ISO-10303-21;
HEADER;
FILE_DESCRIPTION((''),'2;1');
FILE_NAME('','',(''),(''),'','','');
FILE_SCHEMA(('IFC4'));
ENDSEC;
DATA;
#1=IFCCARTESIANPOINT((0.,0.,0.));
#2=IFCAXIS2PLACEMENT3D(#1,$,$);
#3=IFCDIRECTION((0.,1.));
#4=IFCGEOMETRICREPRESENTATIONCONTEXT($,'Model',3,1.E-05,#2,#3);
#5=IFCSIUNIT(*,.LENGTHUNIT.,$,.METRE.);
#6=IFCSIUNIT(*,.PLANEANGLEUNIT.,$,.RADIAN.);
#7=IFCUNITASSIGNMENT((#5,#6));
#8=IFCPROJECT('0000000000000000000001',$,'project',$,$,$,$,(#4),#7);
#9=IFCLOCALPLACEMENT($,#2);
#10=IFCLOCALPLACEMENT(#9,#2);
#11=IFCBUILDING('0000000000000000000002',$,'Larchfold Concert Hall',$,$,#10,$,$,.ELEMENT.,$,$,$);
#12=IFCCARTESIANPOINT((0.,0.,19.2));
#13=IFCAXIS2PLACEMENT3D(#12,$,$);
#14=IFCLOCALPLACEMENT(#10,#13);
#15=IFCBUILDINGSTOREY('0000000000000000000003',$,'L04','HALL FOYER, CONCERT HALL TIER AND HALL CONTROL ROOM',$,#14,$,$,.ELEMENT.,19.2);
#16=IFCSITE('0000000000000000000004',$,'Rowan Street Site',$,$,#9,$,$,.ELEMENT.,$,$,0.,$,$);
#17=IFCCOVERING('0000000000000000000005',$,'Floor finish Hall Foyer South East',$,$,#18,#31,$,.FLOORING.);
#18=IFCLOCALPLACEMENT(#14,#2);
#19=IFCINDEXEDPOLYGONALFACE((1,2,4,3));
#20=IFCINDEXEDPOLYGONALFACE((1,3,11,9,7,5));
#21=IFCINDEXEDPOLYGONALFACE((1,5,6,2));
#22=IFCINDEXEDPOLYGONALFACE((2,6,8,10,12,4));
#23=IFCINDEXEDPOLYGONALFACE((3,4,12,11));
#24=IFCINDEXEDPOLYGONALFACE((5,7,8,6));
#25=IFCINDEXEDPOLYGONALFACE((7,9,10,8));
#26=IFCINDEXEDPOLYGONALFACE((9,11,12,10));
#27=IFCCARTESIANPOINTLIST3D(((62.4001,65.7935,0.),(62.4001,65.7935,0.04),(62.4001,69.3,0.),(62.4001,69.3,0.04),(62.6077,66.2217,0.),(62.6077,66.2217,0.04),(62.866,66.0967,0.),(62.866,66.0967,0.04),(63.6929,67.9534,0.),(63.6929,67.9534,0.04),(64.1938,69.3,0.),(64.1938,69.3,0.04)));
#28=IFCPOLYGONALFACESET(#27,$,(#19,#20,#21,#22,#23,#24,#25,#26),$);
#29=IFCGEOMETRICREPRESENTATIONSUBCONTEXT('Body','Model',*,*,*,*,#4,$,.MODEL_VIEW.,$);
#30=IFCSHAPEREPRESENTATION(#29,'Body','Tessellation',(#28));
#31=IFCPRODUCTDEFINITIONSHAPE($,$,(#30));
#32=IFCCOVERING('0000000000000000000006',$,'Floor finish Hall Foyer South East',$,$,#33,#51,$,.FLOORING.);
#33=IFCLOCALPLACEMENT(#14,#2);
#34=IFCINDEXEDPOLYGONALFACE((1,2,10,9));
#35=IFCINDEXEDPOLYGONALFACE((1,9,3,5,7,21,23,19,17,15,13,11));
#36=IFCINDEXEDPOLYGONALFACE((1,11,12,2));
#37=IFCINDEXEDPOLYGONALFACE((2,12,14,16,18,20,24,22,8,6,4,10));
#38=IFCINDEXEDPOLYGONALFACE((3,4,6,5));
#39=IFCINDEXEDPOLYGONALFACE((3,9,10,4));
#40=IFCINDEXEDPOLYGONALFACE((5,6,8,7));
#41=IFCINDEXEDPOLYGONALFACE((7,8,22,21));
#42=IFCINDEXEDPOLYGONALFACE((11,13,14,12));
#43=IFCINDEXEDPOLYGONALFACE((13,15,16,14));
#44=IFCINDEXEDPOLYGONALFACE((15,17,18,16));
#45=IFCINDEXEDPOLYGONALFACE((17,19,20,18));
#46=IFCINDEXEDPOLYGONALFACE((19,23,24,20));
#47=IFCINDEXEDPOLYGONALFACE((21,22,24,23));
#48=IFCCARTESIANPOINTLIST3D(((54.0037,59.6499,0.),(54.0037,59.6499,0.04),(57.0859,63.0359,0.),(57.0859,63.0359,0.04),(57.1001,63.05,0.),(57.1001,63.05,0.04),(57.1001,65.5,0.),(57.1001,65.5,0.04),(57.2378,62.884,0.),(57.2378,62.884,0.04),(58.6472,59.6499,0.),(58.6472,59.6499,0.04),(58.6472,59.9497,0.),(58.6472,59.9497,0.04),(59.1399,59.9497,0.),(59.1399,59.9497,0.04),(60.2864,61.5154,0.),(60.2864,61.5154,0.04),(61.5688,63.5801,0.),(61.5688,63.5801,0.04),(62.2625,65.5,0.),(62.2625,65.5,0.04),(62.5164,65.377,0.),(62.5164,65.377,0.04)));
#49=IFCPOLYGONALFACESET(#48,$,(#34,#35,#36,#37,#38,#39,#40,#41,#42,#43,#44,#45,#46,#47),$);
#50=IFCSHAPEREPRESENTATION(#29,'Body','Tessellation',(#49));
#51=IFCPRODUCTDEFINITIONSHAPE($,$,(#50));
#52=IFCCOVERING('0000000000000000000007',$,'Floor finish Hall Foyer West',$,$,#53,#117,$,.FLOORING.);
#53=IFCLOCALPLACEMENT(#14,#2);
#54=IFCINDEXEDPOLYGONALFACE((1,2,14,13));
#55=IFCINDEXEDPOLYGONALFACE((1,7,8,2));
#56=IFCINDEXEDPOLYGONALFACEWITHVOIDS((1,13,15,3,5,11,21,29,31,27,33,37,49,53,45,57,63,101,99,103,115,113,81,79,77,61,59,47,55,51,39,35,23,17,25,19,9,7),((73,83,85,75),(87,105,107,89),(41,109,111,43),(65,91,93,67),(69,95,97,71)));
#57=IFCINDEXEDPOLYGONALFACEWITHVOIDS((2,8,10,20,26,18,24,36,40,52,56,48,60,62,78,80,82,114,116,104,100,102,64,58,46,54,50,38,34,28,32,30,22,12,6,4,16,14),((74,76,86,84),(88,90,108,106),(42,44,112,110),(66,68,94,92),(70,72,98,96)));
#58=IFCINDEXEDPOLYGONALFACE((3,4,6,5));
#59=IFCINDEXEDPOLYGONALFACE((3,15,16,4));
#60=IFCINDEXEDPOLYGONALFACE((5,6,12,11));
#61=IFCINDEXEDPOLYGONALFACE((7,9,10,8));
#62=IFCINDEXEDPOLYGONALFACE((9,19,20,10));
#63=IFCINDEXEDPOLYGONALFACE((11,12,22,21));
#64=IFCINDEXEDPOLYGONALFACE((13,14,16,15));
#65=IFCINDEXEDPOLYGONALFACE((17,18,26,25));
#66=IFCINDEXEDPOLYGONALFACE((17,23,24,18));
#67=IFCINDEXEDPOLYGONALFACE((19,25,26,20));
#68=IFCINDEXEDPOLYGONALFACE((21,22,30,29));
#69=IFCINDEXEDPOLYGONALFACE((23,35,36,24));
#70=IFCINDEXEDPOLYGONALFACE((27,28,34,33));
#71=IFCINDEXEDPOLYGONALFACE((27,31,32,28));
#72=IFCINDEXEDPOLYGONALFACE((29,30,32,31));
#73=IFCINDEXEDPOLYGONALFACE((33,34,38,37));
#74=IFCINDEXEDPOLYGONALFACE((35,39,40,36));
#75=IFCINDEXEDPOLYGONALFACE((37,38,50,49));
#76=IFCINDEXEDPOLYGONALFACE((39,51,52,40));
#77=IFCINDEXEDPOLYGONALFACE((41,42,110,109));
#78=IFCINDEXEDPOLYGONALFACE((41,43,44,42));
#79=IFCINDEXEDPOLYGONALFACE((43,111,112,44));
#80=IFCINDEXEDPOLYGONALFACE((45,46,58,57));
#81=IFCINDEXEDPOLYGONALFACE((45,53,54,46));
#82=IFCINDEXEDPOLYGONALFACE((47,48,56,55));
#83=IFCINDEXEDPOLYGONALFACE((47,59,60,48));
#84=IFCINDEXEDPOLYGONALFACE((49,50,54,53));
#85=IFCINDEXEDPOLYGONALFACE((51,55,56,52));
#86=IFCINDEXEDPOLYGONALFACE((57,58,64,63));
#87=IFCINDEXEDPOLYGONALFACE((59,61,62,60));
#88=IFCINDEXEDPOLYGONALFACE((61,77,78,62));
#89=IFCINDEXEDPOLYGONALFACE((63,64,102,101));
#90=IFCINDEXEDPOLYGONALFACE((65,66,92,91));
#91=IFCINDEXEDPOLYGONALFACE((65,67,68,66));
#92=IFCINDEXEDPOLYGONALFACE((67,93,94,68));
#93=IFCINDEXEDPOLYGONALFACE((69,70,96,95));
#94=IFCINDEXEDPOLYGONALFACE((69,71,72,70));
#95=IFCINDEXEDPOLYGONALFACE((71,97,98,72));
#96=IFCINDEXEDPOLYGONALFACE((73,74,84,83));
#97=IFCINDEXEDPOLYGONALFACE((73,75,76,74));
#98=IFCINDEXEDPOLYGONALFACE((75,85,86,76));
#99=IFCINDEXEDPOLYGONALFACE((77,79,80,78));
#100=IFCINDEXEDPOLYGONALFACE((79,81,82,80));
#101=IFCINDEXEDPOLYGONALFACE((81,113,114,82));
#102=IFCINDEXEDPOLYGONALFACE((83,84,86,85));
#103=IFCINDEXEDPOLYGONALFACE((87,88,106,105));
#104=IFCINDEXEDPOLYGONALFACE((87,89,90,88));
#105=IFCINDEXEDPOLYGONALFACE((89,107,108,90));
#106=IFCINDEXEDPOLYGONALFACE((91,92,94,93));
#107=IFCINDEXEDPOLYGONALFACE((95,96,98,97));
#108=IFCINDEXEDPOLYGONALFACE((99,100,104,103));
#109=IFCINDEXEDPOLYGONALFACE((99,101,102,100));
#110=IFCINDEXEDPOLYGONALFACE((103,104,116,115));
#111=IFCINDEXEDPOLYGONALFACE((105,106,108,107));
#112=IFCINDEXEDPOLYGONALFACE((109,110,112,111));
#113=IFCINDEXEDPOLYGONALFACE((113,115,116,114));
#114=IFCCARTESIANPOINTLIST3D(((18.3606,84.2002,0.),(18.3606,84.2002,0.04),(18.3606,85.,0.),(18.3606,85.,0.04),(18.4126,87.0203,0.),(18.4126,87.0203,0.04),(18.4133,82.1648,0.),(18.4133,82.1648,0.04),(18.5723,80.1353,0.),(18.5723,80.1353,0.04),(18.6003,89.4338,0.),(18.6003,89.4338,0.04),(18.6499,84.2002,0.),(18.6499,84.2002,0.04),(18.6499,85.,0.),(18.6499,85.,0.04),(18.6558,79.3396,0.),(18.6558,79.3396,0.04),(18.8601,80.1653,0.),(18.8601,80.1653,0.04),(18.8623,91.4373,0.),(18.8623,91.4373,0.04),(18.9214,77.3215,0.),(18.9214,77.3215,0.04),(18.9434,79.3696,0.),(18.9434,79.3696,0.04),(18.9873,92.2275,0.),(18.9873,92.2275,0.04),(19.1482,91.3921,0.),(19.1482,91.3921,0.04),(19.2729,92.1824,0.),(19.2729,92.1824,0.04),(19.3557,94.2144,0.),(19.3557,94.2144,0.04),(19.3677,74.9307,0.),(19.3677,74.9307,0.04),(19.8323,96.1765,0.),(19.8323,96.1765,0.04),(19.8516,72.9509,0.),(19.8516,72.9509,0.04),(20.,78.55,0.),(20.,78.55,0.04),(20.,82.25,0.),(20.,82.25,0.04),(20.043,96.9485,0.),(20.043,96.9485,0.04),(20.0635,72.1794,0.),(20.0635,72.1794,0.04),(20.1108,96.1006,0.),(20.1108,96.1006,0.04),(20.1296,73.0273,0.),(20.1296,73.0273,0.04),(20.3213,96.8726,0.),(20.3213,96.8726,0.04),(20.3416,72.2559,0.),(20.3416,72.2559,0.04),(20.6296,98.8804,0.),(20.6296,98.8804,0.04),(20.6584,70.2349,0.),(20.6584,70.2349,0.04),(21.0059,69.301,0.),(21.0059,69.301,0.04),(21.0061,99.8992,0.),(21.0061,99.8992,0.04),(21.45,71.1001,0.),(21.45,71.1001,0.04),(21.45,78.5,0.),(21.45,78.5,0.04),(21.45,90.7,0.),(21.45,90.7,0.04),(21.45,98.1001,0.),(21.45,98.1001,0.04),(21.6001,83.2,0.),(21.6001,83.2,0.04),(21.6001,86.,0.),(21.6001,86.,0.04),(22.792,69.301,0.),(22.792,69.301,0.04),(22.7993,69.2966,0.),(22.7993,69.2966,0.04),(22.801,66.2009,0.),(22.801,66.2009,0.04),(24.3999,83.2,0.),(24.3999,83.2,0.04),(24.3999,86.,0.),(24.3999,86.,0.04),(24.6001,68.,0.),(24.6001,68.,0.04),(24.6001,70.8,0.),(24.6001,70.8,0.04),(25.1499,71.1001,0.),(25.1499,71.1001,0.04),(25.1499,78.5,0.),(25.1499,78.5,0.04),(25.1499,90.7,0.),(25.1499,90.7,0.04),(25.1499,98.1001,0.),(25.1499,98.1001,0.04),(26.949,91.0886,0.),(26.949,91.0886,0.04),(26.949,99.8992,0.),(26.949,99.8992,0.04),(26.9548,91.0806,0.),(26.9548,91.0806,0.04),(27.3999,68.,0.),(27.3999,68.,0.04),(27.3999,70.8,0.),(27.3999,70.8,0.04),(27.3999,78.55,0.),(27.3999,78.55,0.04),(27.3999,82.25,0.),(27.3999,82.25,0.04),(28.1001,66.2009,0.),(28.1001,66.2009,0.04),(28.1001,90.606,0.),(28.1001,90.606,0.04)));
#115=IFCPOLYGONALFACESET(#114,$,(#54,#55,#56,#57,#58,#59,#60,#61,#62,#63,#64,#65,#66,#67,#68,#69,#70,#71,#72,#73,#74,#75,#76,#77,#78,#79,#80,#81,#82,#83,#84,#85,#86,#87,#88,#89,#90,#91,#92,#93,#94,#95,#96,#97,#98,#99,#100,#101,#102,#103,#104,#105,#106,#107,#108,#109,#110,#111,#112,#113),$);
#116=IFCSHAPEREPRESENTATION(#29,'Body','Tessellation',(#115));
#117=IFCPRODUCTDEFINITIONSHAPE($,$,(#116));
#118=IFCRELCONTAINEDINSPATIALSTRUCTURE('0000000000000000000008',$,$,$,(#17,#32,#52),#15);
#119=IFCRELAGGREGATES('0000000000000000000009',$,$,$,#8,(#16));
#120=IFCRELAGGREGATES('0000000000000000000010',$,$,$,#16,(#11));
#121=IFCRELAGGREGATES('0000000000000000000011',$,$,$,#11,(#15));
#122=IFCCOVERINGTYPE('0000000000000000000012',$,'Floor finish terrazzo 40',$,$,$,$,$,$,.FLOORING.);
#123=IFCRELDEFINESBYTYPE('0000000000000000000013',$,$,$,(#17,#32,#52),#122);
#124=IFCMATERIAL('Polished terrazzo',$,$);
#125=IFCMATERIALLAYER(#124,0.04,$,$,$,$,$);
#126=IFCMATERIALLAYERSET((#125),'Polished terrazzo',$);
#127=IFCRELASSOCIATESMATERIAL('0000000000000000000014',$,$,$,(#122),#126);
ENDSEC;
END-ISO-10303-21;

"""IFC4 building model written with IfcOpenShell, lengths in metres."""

from ifc_helpers import new_model, si_unit, direction, frame, origin, place, context, subcontext, project, spatial, polyline, outline, extrude, material, layer, layer_set, type_object, element, save


model = new_model("IFC4")

# Units and contexts
model_context = context("Model", 3, precision=1e-05, world=origin(), true_north=direction((0.0, 1.0)))
body_context = subcontext(model_context, "Body", "Model", "MODEL_VIEW")
ifc_project = project(units=[si_unit("LENGTHUNIT", "METRE"), si_unit("PLANEANGLEUNIT", "RADIAN")], contexts=[model_context])

# Site, building, storey
site_placement = place(None, origin())
site = spatial("IfcSite", under=ifc_project, at=site_placement, Name="Rowan Street Site", CompositionType="ELEMENT", RefElevation=0.0)
building_placement = place(site_placement, origin())
building = spatial("IfcBuilding", under=site, at=building_placement, Name="Larchfold Concert Hall", CompositionType="ELEMENT")
storey_placement = place(building_placement, frame((0.0, 0.0, 19.2)))
storey = spatial("IfcBuildingStorey", under=building, at=storey_placement, Name="L04", Description="HALL FOYER, CONCERT HALL TIER AND HALL CONTROL ROOM", CompositionType="ELEMENT", Elevation=19.2)

# Coverings
ifc_material_1 = material(Name="Polished terrazzo")
ifc_layer_1 = layer(ifc_material_1, 0.04)
ifc_layer_set_1 = layer_set([ifc_layer_1], Name="Polished terrazzo")
covering_type_1 = type_object("IfcCoveringType", Name="Floor finish terrazzo 40", PredefinedType="FLOORING", material=ifc_layer_set_1)
covering_1_placement = place(storey_placement, origin())
element("IfcCovering", 1, at=covering_1_placement, inside=storey, type_object=covering_type_1, Name="Floor finish Hall Foyer South East", PredefinedType="FLOORING", context=body_context, shape_type="SweptSolid", body=[
    extrude(outline(polyline([(62.866, 66.0967), (63.6929, 67.9534), (64.1938, 69.3), (62.4001, 69.3), (62.4001, 65.7935), (62.6077, 66.2217), (62.866, 66.0967)])), origin(), (0.0, 0.0, 1.0), 0.04),
])
covering_2_placement = place(storey_placement, origin())
element("IfcCovering", 2, at=covering_2_placement, inside=storey, type_object=covering_type_1, Name="Floor finish Hall Foyer South East", PredefinedType="FLOORING", context=body_context, shape_type="SweptSolid", body=[
    extrude(outline(polyline([(61.5688, 63.5801), (62.5164, 65.377), (62.2625, 65.5), (57.1001, 65.5), (57.1001, 63.05), (57.0859, 63.0359), (57.2378, 62.884), (54.0037, 59.6499), (58.6472, 59.6499), (58.6472, 59.9497), (59.1399, 59.9497), (60.2864, 61.5154), (61.5688, 63.5801)])), origin(), (0.0, 0.0, 1.0), 0.04),
])
covering_3_placement = place(storey_placement, origin())
element("IfcCovering", 3, at=covering_3_placement, inside=storey, type_object=covering_type_1, Name="Floor finish Hall Foyer West", PredefinedType="FLOORING", context=body_context, shape_type="SweptSolid", body=[
    extrude(outline(polyline([(18.4133, 82.1648), (18.5723, 80.1353), (18.8601, 80.1653), (18.9434, 79.3696), (18.6558, 79.3396), (18.9214, 77.3215), (19.3677, 74.9307), (19.8516, 72.9509), (20.1296, 73.0273), (20.3416, 72.2559), (20.0635, 72.1794), (20.6584, 70.2349), (21.0059, 69.301), (22.792, 69.301), (22.7993, 69.2966), (22.801, 66.2009), (28.1001, 66.2009), (28.1001, 90.606), (26.9548, 91.0806), (26.949, 91.0886), (26.949, 99.8992), (21.0061, 99.8992), (20.6296, 98.8804), (20.043, 96.9485), (20.3213, 96.8726), (20.1108, 96.1006), (19.8323, 96.1765), (19.3557, 94.2144), (18.9873, 92.2275), (19.2729, 92.1824), (19.1482, 91.3921), (18.8623, 91.4373), (18.6003, 89.4338), (18.4126, 87.0203), (18.3606, 85.0), (18.6499, 85.0), (18.6499, 84.2002), (18.3606, 84.2002), (18.4133, 82.1648)]), holes=[polyline([(20.0, 78.55), (20.0, 82.25), (27.3999, 82.25), (27.3999, 78.55), (20.0, 78.55)]), polyline([(24.6001, 68.0), (24.6001, 70.8), (27.3999, 70.8), (27.3999, 68.0), (24.6001, 68.0)]), polyline([(21.45, 71.1001), (21.45, 78.5), (25.1499, 78.5), (25.1499, 71.1001), (21.45, 71.1001)]), polyline([(21.45, 90.7), (21.45, 98.1001), (25.1499, 98.1001), (25.1499, 90.7), (21.45, 90.7)]), polyline([(21.6001, 83.2), (21.6001, 86.0), (24.3999, 86.0), (24.3999, 83.2), (21.6001, 83.2)])]), origin(), (0.0, 0.0, 1.0), 0.04),
])

save(model, "model.ifc")
